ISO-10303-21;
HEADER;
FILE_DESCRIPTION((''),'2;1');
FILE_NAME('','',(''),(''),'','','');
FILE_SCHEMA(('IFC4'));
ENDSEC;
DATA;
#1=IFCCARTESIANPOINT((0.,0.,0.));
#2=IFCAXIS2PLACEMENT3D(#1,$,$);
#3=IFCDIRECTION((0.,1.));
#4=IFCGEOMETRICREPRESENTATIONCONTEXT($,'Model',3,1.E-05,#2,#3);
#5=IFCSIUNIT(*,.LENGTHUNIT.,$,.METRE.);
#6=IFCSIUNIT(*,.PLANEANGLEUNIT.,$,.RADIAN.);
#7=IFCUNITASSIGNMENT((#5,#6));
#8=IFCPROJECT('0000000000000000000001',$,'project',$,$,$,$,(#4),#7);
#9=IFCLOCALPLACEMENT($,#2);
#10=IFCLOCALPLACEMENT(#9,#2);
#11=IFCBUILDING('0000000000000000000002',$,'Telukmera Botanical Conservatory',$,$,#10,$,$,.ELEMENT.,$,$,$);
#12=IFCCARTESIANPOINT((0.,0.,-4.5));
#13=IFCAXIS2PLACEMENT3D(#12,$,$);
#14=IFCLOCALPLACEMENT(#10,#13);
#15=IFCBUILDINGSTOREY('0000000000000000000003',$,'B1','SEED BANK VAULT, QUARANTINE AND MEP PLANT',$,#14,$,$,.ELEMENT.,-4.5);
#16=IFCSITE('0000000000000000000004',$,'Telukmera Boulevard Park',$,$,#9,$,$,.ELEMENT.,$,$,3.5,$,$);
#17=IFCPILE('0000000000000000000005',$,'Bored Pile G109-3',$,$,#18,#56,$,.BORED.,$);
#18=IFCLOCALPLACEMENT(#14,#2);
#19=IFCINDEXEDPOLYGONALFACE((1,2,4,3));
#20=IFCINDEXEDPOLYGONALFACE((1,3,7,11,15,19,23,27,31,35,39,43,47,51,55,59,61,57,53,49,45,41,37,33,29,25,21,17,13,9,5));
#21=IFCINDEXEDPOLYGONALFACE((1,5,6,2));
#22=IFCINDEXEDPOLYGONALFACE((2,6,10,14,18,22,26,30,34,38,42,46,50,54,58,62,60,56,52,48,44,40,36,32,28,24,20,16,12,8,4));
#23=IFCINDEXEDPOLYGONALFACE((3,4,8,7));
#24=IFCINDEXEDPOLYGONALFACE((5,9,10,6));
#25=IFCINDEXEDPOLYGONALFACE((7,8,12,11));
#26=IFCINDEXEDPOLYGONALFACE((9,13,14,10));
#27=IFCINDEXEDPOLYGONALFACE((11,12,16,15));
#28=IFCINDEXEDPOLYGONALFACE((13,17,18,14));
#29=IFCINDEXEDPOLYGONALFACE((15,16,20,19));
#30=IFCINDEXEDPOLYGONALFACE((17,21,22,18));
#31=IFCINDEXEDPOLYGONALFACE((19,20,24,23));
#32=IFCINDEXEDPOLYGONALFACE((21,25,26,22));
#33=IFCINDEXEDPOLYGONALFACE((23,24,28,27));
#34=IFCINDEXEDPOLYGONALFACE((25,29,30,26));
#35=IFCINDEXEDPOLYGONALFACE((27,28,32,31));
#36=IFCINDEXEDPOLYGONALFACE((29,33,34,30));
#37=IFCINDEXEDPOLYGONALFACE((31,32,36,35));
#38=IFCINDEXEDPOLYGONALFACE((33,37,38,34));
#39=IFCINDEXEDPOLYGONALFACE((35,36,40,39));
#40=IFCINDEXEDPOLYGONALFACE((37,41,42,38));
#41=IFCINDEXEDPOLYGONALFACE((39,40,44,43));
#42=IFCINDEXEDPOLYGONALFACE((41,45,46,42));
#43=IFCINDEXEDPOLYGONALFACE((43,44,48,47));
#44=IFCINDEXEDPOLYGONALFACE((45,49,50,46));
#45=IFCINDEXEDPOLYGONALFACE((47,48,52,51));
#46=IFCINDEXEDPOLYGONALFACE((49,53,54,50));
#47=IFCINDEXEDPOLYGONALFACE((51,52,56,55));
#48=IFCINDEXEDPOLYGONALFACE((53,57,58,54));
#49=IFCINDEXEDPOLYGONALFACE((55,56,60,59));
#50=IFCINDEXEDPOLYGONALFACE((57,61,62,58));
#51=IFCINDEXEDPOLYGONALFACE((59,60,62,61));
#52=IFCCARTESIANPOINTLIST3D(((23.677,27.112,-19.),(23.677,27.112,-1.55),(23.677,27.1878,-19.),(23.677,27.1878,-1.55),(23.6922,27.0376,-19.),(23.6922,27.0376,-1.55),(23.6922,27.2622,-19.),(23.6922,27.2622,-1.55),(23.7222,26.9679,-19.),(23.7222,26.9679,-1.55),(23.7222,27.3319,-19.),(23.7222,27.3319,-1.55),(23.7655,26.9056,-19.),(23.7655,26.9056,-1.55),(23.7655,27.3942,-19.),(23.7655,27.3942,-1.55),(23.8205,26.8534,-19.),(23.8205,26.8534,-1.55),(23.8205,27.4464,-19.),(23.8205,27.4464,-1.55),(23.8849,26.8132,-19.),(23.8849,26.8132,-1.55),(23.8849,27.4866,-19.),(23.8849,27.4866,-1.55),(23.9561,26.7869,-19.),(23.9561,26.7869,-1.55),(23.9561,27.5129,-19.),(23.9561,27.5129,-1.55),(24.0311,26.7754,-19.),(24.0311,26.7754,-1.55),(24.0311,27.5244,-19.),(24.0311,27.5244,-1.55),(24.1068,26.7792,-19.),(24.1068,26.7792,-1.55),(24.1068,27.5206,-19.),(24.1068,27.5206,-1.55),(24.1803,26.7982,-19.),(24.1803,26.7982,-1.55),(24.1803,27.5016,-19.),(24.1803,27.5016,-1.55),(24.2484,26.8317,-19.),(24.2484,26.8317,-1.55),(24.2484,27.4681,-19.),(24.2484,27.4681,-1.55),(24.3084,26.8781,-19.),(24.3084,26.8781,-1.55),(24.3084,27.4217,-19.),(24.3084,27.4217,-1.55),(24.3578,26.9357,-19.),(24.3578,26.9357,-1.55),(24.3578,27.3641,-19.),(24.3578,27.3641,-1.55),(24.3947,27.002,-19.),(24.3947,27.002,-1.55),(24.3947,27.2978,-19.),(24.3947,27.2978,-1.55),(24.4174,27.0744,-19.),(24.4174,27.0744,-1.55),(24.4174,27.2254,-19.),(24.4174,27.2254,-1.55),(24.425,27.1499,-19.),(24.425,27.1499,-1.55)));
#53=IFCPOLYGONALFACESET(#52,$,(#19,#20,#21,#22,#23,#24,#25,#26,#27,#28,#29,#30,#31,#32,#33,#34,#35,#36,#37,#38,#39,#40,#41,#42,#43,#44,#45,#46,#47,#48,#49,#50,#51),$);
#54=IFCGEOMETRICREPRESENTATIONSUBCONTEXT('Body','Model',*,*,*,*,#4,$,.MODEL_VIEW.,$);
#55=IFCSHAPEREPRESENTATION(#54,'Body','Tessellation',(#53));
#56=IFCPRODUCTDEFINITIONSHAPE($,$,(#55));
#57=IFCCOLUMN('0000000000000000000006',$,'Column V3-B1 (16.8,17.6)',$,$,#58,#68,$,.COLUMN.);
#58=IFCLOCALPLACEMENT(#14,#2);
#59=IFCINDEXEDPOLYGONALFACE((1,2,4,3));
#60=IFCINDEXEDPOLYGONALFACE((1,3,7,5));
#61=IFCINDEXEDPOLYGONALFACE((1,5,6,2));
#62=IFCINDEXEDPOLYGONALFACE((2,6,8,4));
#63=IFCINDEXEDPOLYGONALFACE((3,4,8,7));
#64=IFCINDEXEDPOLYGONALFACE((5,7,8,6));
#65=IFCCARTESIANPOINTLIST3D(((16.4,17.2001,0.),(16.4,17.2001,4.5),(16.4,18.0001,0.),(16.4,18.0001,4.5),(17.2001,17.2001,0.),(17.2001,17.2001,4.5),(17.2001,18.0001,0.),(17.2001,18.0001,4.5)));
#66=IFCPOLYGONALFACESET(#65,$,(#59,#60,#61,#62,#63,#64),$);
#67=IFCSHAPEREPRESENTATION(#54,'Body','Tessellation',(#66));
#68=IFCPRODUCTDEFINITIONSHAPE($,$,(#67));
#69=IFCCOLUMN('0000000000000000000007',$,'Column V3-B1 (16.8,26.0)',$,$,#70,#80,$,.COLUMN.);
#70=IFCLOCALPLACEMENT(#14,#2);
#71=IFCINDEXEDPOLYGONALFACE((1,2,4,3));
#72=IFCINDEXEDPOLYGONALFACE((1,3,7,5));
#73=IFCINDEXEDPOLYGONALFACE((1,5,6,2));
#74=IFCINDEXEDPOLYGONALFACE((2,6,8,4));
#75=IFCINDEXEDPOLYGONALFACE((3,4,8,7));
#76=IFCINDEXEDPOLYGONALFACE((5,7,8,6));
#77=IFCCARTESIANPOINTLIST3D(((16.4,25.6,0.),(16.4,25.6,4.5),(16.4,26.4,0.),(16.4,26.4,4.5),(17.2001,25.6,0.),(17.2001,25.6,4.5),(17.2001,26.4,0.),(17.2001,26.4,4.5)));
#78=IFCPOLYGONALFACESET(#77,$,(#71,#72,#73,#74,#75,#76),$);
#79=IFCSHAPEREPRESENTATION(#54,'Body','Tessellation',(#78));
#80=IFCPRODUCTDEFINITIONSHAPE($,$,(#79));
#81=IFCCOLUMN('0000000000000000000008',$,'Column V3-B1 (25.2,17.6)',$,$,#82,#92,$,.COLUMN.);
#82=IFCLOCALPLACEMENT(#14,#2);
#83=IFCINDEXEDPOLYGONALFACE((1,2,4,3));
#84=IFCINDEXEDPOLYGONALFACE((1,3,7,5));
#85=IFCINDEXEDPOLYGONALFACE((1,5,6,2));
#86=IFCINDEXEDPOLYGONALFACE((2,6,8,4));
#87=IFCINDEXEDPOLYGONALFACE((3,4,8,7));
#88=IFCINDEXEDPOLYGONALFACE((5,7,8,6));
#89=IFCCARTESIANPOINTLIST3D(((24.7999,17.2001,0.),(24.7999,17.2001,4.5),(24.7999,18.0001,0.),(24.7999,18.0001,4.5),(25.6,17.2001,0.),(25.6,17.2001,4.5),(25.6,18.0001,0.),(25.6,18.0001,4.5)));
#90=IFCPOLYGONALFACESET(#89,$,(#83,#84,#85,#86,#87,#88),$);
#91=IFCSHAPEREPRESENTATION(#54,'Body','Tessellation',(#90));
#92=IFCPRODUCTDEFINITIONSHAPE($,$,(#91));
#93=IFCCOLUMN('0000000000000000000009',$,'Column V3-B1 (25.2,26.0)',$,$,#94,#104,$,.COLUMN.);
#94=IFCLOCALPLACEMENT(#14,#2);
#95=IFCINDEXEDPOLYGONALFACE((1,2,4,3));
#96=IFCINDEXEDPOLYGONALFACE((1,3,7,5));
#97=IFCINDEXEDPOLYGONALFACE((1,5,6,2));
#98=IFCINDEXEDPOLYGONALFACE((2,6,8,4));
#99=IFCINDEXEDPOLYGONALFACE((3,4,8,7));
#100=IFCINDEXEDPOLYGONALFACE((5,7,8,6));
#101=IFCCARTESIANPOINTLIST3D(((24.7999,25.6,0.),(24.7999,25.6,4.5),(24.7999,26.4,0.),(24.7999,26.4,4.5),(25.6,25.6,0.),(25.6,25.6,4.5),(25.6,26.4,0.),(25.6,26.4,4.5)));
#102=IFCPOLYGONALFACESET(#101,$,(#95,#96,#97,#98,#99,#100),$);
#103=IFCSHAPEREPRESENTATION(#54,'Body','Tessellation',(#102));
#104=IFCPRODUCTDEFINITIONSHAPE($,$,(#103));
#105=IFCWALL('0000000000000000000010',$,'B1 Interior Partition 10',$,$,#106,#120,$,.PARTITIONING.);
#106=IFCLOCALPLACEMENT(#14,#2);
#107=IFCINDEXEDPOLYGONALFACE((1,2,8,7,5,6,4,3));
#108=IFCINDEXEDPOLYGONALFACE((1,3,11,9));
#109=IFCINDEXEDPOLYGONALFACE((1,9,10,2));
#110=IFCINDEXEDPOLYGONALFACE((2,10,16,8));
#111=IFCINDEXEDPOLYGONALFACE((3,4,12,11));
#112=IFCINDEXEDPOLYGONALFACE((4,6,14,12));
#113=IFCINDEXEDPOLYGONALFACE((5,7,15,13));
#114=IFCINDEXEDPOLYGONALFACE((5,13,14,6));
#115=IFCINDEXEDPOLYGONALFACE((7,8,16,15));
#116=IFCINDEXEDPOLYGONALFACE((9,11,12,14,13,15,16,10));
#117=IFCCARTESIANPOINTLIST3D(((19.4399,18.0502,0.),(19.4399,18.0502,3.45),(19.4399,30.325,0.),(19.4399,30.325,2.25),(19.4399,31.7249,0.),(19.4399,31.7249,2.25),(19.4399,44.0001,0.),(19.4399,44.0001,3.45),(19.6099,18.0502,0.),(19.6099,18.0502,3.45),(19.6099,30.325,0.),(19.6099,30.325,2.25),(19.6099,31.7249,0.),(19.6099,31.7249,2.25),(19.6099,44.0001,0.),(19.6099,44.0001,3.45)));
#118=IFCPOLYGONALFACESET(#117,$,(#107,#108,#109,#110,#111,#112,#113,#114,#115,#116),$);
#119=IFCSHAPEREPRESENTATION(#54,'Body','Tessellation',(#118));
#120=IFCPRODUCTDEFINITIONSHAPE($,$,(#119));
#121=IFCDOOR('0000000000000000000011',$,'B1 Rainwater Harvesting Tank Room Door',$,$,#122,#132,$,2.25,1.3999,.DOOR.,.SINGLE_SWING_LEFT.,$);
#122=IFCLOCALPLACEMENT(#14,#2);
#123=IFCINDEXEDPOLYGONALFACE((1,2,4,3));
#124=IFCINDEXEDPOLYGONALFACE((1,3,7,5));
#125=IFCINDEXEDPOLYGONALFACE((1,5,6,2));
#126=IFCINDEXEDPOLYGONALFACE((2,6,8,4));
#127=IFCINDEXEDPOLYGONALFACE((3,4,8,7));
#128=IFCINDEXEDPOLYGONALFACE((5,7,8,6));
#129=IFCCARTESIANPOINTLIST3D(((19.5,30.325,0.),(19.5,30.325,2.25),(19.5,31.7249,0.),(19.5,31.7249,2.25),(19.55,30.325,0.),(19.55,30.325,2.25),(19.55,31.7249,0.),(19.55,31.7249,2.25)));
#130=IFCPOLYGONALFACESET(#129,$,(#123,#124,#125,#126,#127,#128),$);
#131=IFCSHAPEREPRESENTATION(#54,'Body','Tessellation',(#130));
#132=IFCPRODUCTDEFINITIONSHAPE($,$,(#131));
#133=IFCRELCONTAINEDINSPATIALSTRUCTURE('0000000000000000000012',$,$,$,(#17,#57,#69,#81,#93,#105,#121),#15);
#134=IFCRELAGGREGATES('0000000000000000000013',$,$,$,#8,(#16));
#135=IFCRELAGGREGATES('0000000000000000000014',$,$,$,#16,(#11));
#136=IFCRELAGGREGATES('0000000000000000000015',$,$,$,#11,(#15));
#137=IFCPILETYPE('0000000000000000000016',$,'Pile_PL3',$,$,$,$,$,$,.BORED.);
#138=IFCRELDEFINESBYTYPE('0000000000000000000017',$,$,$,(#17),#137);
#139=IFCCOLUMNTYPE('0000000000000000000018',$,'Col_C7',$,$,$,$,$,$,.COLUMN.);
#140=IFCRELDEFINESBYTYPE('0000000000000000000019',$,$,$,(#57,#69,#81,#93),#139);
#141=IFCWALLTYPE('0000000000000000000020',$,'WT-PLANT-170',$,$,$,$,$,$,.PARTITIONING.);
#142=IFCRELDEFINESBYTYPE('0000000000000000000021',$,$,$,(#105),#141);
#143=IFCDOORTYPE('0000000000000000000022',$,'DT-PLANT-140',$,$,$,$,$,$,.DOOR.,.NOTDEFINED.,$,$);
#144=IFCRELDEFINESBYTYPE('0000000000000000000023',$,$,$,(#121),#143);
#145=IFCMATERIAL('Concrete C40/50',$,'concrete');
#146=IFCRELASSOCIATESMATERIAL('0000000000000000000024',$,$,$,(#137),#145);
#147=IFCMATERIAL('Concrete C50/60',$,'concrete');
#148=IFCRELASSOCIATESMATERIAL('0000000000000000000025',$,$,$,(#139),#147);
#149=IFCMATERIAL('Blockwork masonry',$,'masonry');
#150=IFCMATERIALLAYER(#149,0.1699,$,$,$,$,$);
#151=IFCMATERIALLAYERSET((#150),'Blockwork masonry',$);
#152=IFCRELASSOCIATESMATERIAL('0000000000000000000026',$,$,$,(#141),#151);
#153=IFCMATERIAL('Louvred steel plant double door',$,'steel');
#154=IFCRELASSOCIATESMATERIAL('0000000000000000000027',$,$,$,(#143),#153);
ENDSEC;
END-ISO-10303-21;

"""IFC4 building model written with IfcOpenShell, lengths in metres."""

from ifc_helpers import new_model, si_unit, direction, frame, frame_2d, origin, origin_2d, place, context, subcontext, project, spatial, rectangle, circle, extrude, material, layer, layer_set, material_profile, profile_set, type_object, element, fill, save


model = new_model("IFC4")

# Units and contexts
model_context = context("Model", 3, precision=1e-05, world=origin(), true_north=direction((0.0, 1.0)))
body_context = subcontext(model_context, "Body", "Model", "MODEL_VIEW")
ifc_project = project(units=[si_unit("LENGTHUNIT", "METRE"), si_unit("PLANEANGLEUNIT", "RADIAN")], contexts=[model_context])

# Site, building, storey
site_placement = place(None, origin())
site = spatial("IfcSite", under=ifc_project, at=site_placement, Name="Telukmera Boulevard Park", CompositionType="ELEMENT", RefElevation=3.5)
building_placement = place(site_placement, origin())
building = spatial("IfcBuilding", under=site, at=building_placement, Name="Telukmera Botanical Conservatory", CompositionType="ELEMENT")
storey_placement = place(building_placement, frame((0.0, 0.0, -4.5)))
storey = spatial("IfcBuildingStorey", under=building, at=storey_placement, Name="B1", Description="SEED BANK VAULT, QUARANTINE AND MEP PLANT", CompositionType="ELEMENT", Elevation=-4.5)

# Shared definitions
ifc_material_1 = material(Name="Concrete C50/60", Category="concrete")
ifc_material_2 = material(Name="Concrete C40/50", Category="concrete")

# Pile
ifc_material_profile_1 = material_profile(ifc_material_2, circle(Radius=0.375, at=origin_2d()), Name="PILE D750")
ifc_profile_set_1 = profile_set([ifc_material_profile_1], Name="Concrete C40/50")
pile_type = type_object("IfcPileType", Name="Pile_PL3", PredefinedType="BORED", material=ifc_profile_set_1)
for number, where, z_axis, x_axis, name in (
    (1, (24.05, 27.1499, -1.55), (0.0, 0.0, -1.0), (1.0, 0.0, 0.0), "Bored Pile G109-3"),
):
    element("IfcPile", number, at=place(storey_placement, frame(where, z_axis=z_axis, x_axis=x_axis)), inside=storey, type_object=pile_type, Name=name, PredefinedType="BORED", context=body_context, shape_type="SweptSolid", body=[
        extrude(circle(Radius=0.375, at=origin_2d()), origin(), (0.0, 0.0, 1.0), 17.45),
    ])

# Columns
ifc_material_profile_2 = material_profile(ifc_material_1, rectangle(XDim=0.8, YDim=0.8, at=origin_2d()), Name="RC 800x800")
ifc_profile_set_2 = profile_set([ifc_material_profile_2], Name="Concrete C50/60")
column_type = type_object("IfcColumnType", Name="Col_C7", PredefinedType="COLUMN", material=ifc_profile_set_2)
for number, where, z_axis, x_axis, name in (
    (2, (16.8, 17.6001, 0.0), (0.0, 0.0, 1.0), (1.0, 0.0, 0.0), "Column V3-B1 (16.8,17.6)"),
    (3, (16.8, 26.0, 0.0), (0.0, 0.0, 1.0), (1.0, 0.0, 0.0), "Column V3-B1 (16.8,26.0)"),
    (4, (25.2, 17.6001, 0.0), (0.0, 0.0, 1.0), (1.0, 0.0, 0.0), "Column V3-B1 (25.2,17.6)"),
    (5, (25.2, 26.0, 0.0), (0.0, 0.0, 1.0), (1.0, 0.0, 0.0), "Column V3-B1 (25.2,26.0)"),
):
    element("IfcColumn", number, at=place(storey_placement, frame(where, z_axis=z_axis, x_axis=x_axis)), inside=storey, type_object=column_type, Name=name, PredefinedType="COLUMN", context=body_context, shape_type="SweptSolid", body=[
        extrude(rectangle(XDim=0.8, YDim=0.8, at=origin_2d()), origin(), (0.0, 0.0, 1.0), 4.5),
    ])

# Wall, opening, door
ifc_material_3 = material(Name="Blockwork masonry", Category="masonry")
ifc_layer = layer(ifc_material_3, 0.1699)
ifc_layer_set = layer_set([ifc_layer], Name="Blockwork masonry")
wall_type = type_object("IfcWallType", Name="WT-PLANT-170", PredefinedType="PARTITIONING", material=ifc_layer_set)
wall_placement = place(storey_placement, frame((19.5249, 18.05, 0.0), z_axis=(0.0, 0.0, 1.0), x_axis=(0.0, 1.0, 0.0)))
wall = element("IfcWall", 6, at=wall_placement, inside=storey, type_object=wall_type, Name="B1 Interior Partition 10", PredefinedType="PARTITIONING", context=body_context, shape_type="SweptSolid", body=[
    extrude(rectangle(XDim=25.95, YDim=0.1699, at=frame_2d((12.9751, 0.0))), origin(), (0.0, 0.0, 1.0), 3.45),
])
opening_placement = place(wall_placement, frame((12.2749, 0.0, 0.0)))
opening = element("IfcOpeningElement", 7, at=opening_placement, cuts=wall, PredefinedType="OPENING", context=body_context, shape_type="SweptSolid", body=[
    extrude(rectangle(XDim=1.3999, YDim=2.25, at=frame_2d((0.7, 1.125))), frame((0.0, 0.095, 0.0), z_axis=(0.0, -1.0, 0.0), x_axis=(1.0, 0.0, 0.0)), (0.0, 0.0, 1.0), 0.1899),
])
ifc_material_4 = material(Name="Louvred steel plant double door", Category="steel")
door_type = type_object("IfcDoorType", Name="DT-PLANT-140", OperationType="NOTDEFINED", PredefinedType="DOOR", material=ifc_material_4)
door_placement = place(opening_placement, origin())
door = element("IfcDoor", 8, at=door_placement, inside=storey, type_object=door_type, Name="B1 Rainwater Harvesting Tank Room Door", OperationType="SINGLE_SWING_LEFT", OverallHeight=2.25, OverallWidth=1.3999, PredefinedType="DOOR", context=body_context, shape_type="SweptSolid", body=[
    extrude(rectangle(XDim=1.3999, YDim=2.25, at=frame_2d((0.7, 1.125))), frame((0.0, 0.0249, 0.0), z_axis=(0.0, -1.0, 0.0), x_axis=(1.0, 0.0, 0.0)), (0.0, 0.0, 1.0), 0.05),
])
fill(opening, door)

save(model, "model.ifc")
